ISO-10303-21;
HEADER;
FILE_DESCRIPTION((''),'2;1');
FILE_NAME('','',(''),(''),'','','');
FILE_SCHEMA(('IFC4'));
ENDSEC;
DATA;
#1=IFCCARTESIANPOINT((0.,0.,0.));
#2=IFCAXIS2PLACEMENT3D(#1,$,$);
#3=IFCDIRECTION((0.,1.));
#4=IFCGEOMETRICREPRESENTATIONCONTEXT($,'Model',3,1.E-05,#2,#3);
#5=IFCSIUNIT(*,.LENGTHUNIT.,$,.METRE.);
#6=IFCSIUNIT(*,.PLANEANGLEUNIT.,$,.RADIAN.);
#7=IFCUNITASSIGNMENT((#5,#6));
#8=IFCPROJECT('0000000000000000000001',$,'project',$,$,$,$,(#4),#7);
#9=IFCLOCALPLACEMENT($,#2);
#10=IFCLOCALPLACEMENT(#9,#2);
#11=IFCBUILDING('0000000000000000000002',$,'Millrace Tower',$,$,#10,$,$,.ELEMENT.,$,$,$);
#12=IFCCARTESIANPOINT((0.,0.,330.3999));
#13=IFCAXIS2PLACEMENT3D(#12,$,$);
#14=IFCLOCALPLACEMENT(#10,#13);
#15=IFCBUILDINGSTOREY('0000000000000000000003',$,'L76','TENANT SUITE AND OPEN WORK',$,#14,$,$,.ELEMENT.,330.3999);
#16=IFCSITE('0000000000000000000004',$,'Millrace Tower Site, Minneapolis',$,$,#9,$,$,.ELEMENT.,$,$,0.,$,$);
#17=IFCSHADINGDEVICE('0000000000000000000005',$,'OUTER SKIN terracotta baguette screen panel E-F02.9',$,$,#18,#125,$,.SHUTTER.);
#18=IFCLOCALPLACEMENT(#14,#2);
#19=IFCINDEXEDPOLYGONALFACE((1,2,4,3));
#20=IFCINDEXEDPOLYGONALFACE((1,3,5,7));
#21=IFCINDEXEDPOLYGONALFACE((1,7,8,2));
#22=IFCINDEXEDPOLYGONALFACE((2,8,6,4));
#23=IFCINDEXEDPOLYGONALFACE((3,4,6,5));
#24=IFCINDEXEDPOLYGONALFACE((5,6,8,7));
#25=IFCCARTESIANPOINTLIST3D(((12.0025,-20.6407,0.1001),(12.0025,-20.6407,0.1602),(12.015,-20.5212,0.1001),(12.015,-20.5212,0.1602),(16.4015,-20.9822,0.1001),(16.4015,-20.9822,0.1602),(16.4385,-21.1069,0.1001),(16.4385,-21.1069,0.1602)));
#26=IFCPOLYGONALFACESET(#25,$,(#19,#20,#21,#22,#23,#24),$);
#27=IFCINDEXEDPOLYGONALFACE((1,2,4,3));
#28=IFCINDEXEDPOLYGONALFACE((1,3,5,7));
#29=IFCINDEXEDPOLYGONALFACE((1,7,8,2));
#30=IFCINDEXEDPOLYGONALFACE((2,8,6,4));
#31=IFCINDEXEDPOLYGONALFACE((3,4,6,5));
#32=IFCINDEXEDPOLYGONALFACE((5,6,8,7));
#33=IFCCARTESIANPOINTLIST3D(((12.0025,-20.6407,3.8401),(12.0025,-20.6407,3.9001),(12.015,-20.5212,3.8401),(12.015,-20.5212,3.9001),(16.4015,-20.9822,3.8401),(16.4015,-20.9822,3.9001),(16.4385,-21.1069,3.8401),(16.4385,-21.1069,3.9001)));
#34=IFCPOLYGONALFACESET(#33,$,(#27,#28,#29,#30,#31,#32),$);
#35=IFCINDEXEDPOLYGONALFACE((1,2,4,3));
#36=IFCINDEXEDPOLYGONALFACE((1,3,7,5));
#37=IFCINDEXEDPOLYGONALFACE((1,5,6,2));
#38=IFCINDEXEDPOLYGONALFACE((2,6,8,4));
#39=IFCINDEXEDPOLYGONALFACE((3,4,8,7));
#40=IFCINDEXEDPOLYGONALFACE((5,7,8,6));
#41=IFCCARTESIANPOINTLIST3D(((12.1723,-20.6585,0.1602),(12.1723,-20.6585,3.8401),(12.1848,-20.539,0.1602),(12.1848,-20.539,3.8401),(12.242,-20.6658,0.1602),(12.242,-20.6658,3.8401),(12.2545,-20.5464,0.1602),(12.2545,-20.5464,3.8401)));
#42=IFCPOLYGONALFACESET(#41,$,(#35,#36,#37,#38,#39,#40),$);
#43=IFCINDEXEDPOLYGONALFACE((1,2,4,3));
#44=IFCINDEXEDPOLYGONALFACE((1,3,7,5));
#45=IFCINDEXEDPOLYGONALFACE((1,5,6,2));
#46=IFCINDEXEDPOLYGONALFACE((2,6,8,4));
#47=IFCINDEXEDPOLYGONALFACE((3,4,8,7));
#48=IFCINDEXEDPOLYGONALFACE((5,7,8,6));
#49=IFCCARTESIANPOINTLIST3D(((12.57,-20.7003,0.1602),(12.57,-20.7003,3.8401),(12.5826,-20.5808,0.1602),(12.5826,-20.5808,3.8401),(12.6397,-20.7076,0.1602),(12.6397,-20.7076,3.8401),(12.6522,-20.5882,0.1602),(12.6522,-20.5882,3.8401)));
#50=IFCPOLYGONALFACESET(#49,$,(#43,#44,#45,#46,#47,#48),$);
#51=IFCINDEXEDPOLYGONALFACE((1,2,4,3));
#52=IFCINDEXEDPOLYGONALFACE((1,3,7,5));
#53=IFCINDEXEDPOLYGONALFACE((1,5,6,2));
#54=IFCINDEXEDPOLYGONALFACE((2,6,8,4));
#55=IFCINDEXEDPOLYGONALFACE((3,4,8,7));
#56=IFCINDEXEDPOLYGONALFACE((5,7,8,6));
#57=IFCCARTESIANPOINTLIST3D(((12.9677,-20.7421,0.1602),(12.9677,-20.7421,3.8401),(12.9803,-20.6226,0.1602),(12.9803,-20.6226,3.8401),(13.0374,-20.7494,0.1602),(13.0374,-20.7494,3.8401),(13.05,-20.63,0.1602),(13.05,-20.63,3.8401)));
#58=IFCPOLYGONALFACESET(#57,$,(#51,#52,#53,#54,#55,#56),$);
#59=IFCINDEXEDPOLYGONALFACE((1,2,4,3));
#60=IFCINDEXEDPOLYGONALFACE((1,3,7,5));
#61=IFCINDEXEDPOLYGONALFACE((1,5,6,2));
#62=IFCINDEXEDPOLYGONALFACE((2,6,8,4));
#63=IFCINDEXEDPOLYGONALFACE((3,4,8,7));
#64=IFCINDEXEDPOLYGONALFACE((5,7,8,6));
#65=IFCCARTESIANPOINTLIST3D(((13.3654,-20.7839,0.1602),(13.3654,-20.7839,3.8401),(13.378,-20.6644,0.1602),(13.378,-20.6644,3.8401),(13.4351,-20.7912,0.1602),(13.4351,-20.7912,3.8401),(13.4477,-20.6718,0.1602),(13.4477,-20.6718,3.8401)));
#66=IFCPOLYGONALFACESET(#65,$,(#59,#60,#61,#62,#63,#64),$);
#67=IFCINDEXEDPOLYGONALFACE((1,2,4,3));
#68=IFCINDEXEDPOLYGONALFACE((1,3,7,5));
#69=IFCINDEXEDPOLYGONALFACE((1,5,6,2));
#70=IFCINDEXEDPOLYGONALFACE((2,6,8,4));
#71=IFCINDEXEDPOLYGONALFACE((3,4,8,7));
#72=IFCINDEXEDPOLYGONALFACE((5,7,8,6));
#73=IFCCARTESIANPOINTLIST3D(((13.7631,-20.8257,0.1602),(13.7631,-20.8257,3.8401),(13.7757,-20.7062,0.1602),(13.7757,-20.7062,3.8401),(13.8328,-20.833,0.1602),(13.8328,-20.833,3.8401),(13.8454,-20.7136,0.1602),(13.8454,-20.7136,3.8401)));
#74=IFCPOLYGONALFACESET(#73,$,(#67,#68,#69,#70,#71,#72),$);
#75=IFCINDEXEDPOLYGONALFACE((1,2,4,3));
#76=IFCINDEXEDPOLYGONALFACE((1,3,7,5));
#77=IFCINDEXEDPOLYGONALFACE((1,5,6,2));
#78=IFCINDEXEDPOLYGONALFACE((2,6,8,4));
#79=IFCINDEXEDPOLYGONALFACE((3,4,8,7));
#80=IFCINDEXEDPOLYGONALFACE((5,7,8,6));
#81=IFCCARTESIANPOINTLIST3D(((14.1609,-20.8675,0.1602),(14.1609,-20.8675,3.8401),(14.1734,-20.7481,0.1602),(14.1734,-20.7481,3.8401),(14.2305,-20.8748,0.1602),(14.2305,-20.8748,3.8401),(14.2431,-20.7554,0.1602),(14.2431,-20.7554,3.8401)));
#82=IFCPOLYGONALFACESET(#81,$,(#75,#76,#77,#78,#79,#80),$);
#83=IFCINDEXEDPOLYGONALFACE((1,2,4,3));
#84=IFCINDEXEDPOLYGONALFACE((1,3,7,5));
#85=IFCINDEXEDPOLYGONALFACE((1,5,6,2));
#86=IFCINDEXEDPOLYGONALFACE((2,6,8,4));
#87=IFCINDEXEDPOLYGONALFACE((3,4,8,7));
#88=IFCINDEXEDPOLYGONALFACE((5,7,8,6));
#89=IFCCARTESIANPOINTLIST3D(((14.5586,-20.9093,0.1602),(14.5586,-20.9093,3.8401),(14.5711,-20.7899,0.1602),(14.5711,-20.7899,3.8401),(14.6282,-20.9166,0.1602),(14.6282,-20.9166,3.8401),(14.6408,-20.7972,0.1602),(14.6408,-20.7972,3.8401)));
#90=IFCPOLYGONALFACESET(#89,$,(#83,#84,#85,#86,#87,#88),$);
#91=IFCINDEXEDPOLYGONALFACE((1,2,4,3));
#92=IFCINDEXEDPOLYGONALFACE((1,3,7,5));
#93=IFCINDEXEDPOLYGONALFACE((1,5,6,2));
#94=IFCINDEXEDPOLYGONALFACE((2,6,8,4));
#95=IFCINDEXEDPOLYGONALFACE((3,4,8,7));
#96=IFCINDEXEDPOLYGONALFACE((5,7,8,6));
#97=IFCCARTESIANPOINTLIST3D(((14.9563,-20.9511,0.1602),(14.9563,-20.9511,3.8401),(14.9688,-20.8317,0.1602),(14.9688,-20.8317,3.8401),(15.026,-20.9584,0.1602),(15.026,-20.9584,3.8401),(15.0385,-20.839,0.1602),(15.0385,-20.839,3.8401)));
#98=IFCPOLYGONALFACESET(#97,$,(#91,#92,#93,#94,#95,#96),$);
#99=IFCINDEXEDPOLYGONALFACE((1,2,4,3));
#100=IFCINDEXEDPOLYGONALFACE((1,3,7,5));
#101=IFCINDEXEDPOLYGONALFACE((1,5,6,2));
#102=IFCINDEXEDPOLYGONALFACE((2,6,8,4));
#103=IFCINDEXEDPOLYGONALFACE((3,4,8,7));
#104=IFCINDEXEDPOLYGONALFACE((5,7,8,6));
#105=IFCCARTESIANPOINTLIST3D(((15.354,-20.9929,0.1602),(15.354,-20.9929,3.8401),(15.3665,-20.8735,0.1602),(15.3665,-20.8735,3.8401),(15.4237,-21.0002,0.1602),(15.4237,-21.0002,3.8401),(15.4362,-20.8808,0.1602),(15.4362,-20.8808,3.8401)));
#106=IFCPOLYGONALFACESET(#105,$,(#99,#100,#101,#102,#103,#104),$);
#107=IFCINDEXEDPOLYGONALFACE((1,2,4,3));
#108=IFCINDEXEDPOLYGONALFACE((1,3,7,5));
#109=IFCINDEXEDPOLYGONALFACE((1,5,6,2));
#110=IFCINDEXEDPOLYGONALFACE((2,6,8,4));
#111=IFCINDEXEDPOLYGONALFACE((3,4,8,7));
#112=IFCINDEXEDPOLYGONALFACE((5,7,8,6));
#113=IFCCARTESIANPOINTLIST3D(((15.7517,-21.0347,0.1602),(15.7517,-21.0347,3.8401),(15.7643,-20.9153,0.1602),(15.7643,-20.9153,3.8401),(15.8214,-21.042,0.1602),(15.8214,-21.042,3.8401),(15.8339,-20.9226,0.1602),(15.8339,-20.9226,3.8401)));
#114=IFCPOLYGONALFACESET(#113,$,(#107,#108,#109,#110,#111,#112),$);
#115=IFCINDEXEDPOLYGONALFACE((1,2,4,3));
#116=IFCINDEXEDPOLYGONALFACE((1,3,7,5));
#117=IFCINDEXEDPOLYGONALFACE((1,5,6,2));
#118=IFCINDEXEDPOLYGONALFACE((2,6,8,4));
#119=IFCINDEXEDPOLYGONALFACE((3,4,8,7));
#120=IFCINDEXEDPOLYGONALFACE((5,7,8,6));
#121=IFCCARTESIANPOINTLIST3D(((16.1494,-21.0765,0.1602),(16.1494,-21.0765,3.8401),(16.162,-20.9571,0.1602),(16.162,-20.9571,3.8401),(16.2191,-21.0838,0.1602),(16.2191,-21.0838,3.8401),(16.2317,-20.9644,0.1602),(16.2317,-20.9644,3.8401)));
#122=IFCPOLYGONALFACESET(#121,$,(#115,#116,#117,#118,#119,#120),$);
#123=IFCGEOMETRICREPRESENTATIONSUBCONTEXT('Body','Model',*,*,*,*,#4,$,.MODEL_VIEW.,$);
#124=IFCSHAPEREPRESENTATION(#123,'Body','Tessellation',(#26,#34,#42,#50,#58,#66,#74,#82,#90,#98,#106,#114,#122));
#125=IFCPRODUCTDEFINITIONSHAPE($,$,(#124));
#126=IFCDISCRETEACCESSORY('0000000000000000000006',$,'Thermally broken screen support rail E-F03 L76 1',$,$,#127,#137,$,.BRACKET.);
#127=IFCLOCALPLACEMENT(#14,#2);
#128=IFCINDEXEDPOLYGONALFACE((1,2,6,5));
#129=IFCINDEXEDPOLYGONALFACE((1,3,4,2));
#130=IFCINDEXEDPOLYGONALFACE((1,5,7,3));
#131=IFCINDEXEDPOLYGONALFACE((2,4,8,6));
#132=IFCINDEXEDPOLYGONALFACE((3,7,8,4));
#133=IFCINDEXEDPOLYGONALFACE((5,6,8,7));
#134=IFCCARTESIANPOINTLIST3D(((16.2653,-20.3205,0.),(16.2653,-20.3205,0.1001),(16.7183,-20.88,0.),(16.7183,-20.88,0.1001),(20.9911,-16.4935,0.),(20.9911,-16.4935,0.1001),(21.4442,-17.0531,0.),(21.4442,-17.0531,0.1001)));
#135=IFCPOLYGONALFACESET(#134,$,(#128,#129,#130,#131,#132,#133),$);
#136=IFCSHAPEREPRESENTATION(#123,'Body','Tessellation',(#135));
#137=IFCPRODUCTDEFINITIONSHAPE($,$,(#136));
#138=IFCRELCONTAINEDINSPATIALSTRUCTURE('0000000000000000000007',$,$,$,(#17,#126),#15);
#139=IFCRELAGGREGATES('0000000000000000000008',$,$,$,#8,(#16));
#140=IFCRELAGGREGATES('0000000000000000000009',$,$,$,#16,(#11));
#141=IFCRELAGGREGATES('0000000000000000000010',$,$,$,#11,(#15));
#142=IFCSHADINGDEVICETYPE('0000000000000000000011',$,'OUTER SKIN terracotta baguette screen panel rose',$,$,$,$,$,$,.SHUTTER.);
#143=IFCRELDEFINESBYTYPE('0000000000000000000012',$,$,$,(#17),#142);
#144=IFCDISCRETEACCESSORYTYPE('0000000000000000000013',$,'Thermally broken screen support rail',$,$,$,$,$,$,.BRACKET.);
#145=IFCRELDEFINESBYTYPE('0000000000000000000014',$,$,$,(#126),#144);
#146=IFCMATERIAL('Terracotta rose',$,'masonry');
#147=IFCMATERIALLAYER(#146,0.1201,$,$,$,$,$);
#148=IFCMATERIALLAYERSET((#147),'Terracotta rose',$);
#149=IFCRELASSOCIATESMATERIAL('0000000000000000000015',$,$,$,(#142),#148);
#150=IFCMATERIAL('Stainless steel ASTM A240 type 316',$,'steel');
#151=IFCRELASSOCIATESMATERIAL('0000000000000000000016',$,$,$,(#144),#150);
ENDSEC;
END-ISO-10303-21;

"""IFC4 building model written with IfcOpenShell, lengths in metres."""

from ifc_helpers import new_model, entity, si_unit, direction, frame, frame_2d, origin, origin_2d, place, context, subcontext, project, spatial, rectangle, extrude, source, transform, mapped, material, layer, layer_set, type_object, element, save


model = new_model("IFC4")

# Units and contexts
model_context = context("Model", 3, precision=1e-05, world=origin(), true_north=direction((0.0, 1.0)))
body_context = subcontext(model_context, "Body", "Model", "MODEL_VIEW")
ifc_project = project(units=[si_unit("LENGTHUNIT", "METRE"), si_unit("PLANEANGLEUNIT", "RADIAN")], contexts=[model_context])

# Site, building, storey
site_placement = place(None, origin())
site = spatial("IfcSite", under=ifc_project, at=site_placement, Name="Millrace Tower Site, Minneapolis", CompositionType="ELEMENT", RefElevation=0.0)
building_placement = place(site_placement, origin())
building = spatial("IfcBuilding", under=site, at=building_placement, Name="Millrace Tower", CompositionType="ELEMENT")
storey_placement = place(building_placement, frame((0.0, 0.0, 330.3999)))
storey = spatial("IfcBuildingStorey", under=building, at=storey_placement, Name="L76", Description="TENANT SUITE AND OPEN WORK", CompositionType="ELEMENT", Elevation=330.3999)

# Shading device
ifc_material_1 = material(Name="Terracotta rose", Category="masonry")
ifc_layer_1 = layer(ifc_material_1, 0.1201)
ifc_layer_set_1 = layer_set([ifc_layer_1], Name="Terracotta rose")
shading_device_type = type_object("IfcShadingDeviceType", Name="OUTER SKIN terracotta baguette screen panel rose", PredefinedType="SHUTTER", material=ifc_layer_set_1)
cartesian_point_1 = entity("IfcCartesianPoint", [-2.2178, 0.0601])
shared_polyline_1 = entity("IfcPolyline", [cartesian_point_1, entity("IfcCartesianPoint", [2.1929, 0.0601]), entity("IfcCartesianPoint", [2.2427, -0.0601]), entity("IfcCartesianPoint", [-2.2178, -0.0601]), cartesian_point_1])
shared_shape_1 = source(origin(), body_context, "Body", "SweptSolid", [
    entity("IfcExtrudedAreaSolid", entity("IfcArbitraryClosedProfileDef", "AREA", None, shared_polyline_1), entity("IfcAxis2Placement3D", entity("IfcCartesianPoint", [0.0, 0.0, 0.0])), entity("IfcDirection", [0.0, 0.0, 1.0]), 0.0601),
    entity("IfcExtrudedAreaSolid", entity("IfcArbitraryClosedProfileDef", "AREA", None, shared_polyline_1), entity("IfcAxis2Placement3D", entity("IfcCartesianPoint", [0.0, 0.0, 3.74])), entity("IfcDirection", [0.0, 0.0, 1.0]), 0.0601),
    extrude(rectangle(XDim=0.0701, YDim=0.1201, at=frame_2d((-2.012, 0.0))), frame((0.0, 0.0, 0.0601)), (0.0, 0.0, 1.0), 3.6799),
    extrude(rectangle(XDim=0.0701, YDim=0.1201, at=frame_2d((-1.6121, 0.0))), frame((0.0, 0.0, 0.0601)), (0.0, 0.0, 1.0), 3.6799),
    extrude(rectangle(XDim=0.0701, YDim=0.1201, at=frame_2d((-1.2122, 0.0))), frame((0.0, 0.0, 0.0601)), (0.0, 0.0, 1.0), 3.6799),
    extrude(rectangle(XDim=0.0701, YDim=0.1201, at=frame_2d((-0.8123, 0.0))), frame((0.0, 0.0, 0.0601)), (0.0, 0.0, 1.0), 3.6799),
    extrude(rectangle(XDim=0.0701, YDim=0.1201, at=frame_2d((-0.4124, 0.0))), frame((0.0, 0.0, 0.0601)), (0.0, 0.0, 1.0), 3.6799),
    extrude(rectangle(XDim=0.0701, YDim=0.1201, at=frame_2d((-0.0125, 0.0))), frame((0.0, 0.0, 0.0601)), (0.0, 0.0, 1.0), 3.6799),
    extrude(rectangle(XDim=0.0701, YDim=0.1201, at=frame_2d((0.3875, 0.0))), frame((0.0, 0.0, 0.0601)), (0.0, 0.0, 1.0), 3.6799),
    extrude(rectangle(XDim=0.0701, YDim=0.1201, at=frame_2d((0.7874, 0.0))), frame((0.0, 0.0, 0.0601)), (0.0, 0.0, 1.0), 3.6799),
    extrude(rectangle(XDim=0.0701, YDim=0.1201, at=frame_2d((1.1873, 0.0))), frame((0.0, 0.0, 0.0601)), (0.0, 0.0, 1.0), 3.6799),
    extrude(rectangle(XDim=0.0701, YDim=0.1201, at=frame_2d((1.5872, 0.0))), frame((0.0, 0.0, 0.0601)), (0.0, 0.0, 1.0), 3.6799),
    extrude(rectangle(XDim=0.0701, YDim=0.1201, at=frame_2d((1.9871, 0.0))), frame((0.0, 0.0, 0.0601)), (0.0, 0.0, 1.0), 3.6799),
])
shading_device_1_placement = place(storey_placement, frame((14.2144, -20.8127, 0.1001), z_axis=(0.0, 0.0, 1.0), x_axis=(0.994522, -0.104528, 0.0)))
element("IfcShadingDevice", 1, at=shading_device_1_placement, inside=storey, type_object=shading_device_type, Name="OUTER SKIN terracotta baguette screen panel E-F02.9", PredefinedType="SHUTTER", context=body_context, shape_type="MappedRepresentation", body=[
    mapped(shared_shape_1, transform((0.0, 0.0, 0.0), scale=1.0)),
])

# Discrete accessory
ifc_material_2 = material(Name="Stainless steel ASTM A240 type 316", Category="steel")
discrete_accessory_type = type_object("IfcDiscreteAccessoryType", Name="Thermally broken screen support rail", PredefinedType="BRACKET", material=ifc_material_2)
discrete_accessory_placement = place(storey_placement, frame((18.8547, -18.6868, 0.0), z_axis=(0.0, 0.0, 1.0), x_axis=(0.777146, 0.62932, 0.0)))
element("IfcDiscreteAccessory", 2, at=discrete_accessory_placement, inside=storey, type_object=discrete_accessory_type, Name="Thermally broken screen support rail E-F03 L76 1", PredefinedType="BRACKET", context=body_context, shape_type="SweptSolid", body=[
    extrude(rectangle(XDim=6.0811, YDim=0.72, at=origin_2d()), origin(), (0.0, 0.0, 1.0), 0.1001),
])

save(model, "model.ifc")
